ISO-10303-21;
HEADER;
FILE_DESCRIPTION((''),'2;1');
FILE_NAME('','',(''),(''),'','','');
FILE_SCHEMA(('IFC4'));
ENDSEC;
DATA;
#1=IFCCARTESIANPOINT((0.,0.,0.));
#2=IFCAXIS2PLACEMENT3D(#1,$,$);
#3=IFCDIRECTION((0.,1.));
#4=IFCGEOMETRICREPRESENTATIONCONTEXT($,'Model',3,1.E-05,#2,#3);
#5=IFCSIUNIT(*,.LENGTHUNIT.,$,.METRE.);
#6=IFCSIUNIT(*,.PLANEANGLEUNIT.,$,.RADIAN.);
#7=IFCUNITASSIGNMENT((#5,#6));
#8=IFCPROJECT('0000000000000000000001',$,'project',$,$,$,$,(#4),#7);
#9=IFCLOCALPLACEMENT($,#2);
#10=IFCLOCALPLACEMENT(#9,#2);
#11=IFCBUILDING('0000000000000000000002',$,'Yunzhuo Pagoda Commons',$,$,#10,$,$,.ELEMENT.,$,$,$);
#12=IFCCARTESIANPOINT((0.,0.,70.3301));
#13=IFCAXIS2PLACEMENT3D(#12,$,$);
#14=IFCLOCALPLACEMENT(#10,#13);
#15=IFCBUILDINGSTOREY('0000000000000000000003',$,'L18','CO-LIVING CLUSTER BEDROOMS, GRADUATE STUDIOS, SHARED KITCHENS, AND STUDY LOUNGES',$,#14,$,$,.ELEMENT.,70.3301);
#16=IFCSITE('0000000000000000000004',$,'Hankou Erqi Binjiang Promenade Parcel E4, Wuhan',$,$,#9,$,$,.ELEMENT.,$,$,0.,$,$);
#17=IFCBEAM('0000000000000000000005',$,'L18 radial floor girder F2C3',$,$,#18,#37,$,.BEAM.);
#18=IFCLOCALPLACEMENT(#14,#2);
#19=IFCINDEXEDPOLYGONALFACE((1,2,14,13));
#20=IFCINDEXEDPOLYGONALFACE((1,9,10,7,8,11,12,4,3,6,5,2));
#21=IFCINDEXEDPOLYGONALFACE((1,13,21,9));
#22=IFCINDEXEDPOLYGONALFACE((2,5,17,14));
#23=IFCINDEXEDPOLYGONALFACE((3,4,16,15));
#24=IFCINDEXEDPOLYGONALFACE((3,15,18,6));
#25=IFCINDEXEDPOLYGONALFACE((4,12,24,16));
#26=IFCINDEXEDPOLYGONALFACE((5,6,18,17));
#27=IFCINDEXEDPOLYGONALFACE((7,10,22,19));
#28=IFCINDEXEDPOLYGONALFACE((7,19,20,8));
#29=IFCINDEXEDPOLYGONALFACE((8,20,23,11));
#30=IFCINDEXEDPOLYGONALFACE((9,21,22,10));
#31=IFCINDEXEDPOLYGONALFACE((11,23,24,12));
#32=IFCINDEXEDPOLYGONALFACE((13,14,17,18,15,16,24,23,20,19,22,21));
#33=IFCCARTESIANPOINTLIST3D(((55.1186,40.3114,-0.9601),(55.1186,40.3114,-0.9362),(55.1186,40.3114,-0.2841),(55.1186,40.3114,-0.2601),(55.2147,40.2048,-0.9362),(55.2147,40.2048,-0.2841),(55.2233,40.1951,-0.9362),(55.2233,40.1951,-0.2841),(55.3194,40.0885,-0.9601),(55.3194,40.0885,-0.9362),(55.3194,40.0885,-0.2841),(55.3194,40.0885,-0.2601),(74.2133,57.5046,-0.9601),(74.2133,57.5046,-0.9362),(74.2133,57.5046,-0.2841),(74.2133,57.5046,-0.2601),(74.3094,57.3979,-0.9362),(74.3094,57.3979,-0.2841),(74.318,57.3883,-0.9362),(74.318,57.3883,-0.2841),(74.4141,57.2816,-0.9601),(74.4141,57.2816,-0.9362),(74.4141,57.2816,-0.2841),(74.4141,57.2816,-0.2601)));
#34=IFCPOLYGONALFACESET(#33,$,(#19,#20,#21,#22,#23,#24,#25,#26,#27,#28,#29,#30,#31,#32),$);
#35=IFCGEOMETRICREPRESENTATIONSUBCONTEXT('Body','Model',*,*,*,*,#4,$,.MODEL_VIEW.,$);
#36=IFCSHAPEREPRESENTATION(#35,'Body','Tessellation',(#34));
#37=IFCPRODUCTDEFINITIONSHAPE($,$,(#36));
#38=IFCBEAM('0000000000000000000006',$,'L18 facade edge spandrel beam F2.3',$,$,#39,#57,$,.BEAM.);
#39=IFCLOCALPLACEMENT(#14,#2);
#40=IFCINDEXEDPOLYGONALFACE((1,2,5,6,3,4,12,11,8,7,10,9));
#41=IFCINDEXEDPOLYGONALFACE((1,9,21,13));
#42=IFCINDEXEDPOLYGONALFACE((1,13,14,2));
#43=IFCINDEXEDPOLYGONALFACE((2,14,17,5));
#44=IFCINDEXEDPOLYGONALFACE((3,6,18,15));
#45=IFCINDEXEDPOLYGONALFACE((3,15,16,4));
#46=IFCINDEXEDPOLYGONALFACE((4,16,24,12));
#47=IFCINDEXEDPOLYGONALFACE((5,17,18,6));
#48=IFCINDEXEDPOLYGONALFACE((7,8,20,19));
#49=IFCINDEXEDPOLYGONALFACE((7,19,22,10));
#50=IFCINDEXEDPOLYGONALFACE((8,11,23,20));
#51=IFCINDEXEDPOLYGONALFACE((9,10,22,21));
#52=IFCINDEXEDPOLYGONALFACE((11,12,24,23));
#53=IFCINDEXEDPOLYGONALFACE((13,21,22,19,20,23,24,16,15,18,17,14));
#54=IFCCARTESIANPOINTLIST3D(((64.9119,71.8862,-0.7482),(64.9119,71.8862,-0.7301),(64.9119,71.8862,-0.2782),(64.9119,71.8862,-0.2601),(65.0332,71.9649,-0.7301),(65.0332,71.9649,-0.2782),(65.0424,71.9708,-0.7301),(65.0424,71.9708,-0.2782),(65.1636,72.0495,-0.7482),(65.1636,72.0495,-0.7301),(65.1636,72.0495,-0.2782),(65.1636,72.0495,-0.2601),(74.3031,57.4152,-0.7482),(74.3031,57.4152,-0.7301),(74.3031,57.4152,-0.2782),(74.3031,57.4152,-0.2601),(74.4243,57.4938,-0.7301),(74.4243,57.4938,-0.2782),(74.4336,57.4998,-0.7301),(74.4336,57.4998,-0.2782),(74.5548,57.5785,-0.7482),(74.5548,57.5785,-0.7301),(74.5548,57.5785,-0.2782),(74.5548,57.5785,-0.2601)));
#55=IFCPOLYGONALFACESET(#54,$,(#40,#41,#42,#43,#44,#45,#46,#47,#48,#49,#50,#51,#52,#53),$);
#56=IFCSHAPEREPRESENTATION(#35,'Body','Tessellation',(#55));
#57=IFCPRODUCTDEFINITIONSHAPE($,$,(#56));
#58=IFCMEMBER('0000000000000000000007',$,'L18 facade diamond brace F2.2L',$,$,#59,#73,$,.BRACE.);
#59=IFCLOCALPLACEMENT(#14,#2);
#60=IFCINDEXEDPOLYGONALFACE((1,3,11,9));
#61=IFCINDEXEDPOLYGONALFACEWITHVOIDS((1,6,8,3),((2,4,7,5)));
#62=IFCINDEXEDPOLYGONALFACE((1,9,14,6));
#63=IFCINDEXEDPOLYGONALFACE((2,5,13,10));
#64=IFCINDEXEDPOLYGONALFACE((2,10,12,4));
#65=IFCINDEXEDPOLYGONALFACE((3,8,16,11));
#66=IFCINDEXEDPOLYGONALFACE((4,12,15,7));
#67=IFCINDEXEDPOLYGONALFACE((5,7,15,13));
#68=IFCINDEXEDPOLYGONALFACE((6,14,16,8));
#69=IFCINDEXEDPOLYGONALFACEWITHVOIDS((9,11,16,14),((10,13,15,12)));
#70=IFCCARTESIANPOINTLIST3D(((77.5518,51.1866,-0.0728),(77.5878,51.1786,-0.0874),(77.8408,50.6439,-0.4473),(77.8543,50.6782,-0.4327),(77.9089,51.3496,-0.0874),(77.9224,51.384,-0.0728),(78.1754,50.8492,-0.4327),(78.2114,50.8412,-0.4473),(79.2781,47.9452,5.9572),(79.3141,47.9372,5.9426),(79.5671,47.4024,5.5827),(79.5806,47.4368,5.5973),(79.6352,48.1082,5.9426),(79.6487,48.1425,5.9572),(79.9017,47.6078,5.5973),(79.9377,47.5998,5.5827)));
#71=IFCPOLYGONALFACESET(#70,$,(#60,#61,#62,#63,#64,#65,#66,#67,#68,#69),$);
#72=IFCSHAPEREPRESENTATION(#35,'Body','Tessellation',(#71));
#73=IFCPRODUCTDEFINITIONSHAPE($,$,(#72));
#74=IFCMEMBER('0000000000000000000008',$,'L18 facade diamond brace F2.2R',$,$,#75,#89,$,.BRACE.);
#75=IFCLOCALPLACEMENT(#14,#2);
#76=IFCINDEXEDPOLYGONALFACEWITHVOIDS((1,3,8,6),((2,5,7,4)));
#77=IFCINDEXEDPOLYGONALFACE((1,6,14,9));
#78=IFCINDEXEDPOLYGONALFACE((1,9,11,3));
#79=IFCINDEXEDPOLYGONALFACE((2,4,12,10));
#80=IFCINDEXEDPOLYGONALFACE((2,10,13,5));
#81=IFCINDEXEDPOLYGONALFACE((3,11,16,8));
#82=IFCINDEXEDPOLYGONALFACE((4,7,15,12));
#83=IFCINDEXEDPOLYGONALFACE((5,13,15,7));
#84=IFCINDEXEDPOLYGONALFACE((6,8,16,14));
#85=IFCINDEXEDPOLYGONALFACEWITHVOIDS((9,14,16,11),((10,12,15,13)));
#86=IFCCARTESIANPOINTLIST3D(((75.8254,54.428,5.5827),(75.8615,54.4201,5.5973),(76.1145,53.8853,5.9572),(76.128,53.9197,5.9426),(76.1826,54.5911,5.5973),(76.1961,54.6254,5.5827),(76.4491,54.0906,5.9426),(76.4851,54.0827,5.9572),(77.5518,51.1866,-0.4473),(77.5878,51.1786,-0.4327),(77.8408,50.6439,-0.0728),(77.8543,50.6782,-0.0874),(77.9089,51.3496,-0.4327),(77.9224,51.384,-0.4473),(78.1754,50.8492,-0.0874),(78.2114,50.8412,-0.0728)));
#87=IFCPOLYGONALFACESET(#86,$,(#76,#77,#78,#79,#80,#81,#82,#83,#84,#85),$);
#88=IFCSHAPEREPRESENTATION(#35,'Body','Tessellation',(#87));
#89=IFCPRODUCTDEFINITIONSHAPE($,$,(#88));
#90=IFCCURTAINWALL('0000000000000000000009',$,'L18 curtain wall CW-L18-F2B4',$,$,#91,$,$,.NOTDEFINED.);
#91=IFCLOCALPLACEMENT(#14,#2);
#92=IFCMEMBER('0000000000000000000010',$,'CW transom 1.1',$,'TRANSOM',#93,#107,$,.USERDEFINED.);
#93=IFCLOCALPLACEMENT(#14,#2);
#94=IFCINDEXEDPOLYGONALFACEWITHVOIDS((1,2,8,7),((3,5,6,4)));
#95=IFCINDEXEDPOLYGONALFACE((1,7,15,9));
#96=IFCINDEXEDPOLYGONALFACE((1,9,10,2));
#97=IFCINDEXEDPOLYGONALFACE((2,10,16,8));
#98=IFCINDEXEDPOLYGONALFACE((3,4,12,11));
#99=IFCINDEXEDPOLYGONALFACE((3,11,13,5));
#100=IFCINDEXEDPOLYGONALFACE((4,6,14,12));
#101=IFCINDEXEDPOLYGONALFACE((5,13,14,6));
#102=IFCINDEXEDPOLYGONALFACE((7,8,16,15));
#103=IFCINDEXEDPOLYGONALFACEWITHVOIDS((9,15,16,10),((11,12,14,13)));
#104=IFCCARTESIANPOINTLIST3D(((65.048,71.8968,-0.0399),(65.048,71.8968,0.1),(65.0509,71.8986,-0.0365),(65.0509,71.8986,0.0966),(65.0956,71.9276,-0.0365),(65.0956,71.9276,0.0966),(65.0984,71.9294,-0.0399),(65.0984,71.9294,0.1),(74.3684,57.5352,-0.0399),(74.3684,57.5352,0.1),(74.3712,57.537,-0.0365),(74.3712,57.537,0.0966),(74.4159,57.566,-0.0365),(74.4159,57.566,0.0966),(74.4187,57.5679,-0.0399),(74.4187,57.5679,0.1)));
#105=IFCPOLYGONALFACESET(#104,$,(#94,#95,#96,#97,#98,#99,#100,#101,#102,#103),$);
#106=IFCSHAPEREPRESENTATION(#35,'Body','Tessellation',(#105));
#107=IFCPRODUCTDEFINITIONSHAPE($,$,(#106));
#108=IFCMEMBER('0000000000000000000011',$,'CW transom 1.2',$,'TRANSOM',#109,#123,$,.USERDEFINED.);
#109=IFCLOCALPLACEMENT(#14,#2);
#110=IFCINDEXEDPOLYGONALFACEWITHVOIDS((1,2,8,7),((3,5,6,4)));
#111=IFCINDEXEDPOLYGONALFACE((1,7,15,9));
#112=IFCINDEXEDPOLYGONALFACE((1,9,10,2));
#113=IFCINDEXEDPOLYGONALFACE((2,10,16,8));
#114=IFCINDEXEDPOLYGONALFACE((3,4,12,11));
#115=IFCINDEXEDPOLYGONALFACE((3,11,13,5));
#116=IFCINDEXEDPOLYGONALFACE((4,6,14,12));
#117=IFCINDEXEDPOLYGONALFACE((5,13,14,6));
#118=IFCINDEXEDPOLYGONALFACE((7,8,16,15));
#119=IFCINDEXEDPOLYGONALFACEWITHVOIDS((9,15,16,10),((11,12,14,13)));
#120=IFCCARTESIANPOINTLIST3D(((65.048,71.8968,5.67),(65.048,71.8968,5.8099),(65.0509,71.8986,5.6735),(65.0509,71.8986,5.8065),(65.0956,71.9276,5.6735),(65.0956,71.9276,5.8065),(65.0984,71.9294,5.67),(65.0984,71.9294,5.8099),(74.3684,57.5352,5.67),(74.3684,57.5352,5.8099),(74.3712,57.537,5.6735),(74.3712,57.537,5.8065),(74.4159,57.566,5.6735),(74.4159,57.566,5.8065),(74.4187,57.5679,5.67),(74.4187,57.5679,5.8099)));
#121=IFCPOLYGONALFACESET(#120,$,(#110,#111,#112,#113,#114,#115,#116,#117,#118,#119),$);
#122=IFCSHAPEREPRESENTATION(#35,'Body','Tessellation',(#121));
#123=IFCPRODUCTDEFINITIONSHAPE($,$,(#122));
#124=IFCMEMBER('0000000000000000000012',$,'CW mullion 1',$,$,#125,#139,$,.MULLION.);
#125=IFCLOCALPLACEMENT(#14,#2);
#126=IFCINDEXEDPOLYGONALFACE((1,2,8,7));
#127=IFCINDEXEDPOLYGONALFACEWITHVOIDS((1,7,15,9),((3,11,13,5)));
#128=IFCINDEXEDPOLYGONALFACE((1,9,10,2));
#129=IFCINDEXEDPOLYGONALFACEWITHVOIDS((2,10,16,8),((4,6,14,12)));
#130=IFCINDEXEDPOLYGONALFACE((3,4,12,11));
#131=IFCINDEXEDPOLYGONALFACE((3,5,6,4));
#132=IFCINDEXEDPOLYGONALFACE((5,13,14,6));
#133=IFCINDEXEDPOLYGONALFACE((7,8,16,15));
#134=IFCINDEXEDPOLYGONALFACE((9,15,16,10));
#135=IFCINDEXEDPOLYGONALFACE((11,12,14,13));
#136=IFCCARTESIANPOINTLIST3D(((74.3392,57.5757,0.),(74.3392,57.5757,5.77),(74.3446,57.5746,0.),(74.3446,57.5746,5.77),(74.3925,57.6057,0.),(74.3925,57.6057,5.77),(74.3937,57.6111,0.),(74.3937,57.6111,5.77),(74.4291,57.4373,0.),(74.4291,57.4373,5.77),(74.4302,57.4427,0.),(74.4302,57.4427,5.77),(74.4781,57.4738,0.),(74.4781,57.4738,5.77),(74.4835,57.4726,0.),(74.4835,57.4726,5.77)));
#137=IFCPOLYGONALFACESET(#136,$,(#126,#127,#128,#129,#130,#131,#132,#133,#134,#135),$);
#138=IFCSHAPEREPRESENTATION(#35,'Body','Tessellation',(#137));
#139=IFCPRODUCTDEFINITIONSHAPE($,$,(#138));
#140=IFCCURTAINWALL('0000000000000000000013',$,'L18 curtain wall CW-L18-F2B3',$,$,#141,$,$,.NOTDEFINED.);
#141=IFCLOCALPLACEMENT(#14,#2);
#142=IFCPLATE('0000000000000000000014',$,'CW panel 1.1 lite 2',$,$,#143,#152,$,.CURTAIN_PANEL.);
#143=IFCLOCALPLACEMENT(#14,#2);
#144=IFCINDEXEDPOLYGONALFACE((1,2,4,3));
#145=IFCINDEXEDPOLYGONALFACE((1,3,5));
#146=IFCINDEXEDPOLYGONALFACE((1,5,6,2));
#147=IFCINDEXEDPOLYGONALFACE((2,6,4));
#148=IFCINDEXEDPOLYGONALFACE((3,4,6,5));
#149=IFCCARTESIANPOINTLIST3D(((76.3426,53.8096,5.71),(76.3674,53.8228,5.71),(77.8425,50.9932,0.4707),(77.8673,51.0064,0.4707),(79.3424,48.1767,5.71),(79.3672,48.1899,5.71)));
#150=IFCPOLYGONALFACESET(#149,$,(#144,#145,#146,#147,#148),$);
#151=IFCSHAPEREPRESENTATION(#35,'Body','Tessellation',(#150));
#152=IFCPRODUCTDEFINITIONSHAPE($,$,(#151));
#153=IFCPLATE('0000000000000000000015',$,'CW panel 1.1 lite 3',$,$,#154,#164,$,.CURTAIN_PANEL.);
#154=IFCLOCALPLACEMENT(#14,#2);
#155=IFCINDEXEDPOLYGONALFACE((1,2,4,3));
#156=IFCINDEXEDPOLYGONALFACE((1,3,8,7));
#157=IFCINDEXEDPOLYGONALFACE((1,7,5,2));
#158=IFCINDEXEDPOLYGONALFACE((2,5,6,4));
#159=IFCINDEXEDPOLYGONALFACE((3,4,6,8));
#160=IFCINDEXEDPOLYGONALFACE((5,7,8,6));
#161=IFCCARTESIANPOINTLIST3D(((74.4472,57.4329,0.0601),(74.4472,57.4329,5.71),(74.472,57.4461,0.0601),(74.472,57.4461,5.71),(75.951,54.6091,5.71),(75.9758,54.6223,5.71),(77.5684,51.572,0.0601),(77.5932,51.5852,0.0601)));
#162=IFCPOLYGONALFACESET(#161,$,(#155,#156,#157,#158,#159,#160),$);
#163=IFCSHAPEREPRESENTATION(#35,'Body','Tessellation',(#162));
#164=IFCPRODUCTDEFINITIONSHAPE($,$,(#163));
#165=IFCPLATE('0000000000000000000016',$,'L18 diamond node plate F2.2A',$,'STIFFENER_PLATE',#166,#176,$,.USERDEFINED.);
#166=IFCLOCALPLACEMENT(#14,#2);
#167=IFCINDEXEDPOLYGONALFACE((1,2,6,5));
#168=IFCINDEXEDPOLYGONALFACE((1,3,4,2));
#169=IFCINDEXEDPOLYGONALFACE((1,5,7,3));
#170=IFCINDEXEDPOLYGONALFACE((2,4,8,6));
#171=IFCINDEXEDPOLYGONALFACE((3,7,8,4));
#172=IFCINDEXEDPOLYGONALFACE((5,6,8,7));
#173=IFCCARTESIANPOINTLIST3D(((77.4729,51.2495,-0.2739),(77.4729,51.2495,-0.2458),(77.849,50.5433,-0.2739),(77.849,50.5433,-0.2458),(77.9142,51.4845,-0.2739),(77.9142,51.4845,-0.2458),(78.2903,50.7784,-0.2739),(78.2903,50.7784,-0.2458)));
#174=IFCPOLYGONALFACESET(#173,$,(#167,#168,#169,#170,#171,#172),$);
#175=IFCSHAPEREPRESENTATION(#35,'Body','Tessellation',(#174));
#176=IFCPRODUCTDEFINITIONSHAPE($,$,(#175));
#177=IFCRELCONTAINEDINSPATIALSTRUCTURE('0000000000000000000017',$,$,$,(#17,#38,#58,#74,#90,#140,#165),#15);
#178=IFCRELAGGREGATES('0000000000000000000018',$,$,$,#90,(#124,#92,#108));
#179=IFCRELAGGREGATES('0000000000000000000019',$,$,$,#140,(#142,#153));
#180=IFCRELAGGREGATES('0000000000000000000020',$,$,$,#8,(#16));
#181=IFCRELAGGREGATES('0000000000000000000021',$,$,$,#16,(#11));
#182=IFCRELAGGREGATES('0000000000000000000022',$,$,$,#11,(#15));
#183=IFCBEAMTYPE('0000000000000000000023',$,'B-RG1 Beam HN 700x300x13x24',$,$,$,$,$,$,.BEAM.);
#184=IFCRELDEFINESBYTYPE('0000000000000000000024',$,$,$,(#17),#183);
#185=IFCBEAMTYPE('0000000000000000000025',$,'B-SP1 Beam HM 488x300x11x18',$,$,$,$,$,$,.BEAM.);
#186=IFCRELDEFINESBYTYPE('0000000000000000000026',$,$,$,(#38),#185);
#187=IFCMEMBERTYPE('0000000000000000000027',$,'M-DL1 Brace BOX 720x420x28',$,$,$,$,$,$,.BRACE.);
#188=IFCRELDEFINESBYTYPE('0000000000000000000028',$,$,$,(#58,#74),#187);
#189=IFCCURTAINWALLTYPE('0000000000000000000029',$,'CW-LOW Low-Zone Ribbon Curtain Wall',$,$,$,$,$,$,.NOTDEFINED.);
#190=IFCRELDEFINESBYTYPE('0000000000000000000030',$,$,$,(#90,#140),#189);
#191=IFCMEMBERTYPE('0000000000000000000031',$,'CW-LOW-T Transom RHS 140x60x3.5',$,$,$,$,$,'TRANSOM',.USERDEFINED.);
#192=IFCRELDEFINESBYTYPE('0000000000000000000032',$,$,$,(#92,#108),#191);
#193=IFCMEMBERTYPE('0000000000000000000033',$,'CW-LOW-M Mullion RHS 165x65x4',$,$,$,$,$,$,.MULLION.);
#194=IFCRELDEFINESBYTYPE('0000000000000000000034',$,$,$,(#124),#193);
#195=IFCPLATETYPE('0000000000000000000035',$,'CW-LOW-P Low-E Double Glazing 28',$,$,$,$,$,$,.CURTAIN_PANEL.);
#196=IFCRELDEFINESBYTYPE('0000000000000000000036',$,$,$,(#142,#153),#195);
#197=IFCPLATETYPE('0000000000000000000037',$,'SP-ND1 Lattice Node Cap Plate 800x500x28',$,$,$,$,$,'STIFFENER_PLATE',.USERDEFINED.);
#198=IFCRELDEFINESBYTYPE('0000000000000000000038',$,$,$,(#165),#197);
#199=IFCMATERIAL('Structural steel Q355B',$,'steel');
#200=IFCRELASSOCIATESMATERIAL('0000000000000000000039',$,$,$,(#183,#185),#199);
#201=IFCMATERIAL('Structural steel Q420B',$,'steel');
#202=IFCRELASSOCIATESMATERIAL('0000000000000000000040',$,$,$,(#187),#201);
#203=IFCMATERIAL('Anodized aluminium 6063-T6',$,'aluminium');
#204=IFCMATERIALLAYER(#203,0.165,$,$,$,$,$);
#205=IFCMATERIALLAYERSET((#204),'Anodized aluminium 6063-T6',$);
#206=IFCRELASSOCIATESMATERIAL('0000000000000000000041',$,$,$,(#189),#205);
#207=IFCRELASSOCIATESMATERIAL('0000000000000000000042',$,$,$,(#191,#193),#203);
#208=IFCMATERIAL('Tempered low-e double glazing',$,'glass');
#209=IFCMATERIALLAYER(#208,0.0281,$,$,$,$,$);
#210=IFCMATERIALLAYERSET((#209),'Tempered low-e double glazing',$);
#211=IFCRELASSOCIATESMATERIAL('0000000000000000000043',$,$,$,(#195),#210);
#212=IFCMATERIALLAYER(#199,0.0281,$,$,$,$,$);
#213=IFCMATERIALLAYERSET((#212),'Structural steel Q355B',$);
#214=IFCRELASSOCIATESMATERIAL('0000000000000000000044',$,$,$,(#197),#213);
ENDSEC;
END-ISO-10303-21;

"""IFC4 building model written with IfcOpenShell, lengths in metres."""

from ifc_helpers import new_model, si_unit, direction, frame, origin, origin_2d, place, context, subcontext, project, spatial, polyline, rectangle, hollow_rectangle, i_section, outline, extrude, source, transform, mapped, material, layer, layer_set, material_profile, profile_set, type_object, element, aggregate, save


model = new_model("IFC4")

# Units and contexts
model_context = context("Model", 3, precision=1e-05, world=origin(), true_north=direction((0.0, 1.0)))
body_context = subcontext(model_context, "Body", "Model", "MODEL_VIEW")
ifc_project = project(units=[si_unit("LENGTHUNIT", "METRE"), si_unit("PLANEANGLEUNIT", "RADIAN")], contexts=[model_context])

# Site, building, storey
site_placement = place(None, origin())
site = spatial("IfcSite", under=ifc_project, at=site_placement, Name="Hankou Erqi Binjiang Promenade Parcel E4, Wuhan", CompositionType="ELEMENT", RefElevation=0.0)
building_placement = place(site_placement, origin())
building = spatial("IfcBuilding", under=site, at=building_placement, Name="Yunzhuo Pagoda Commons", CompositionType="ELEMENT")
storey_placement = place(building_placement, frame((0.0, 0.0, 70.3301)))
storey = spatial("IfcBuildingStorey", under=building, at=storey_placement, Name="L18", Description="CO-LIVING CLUSTER BEDROOMS, GRADUATE STUDIOS, SHARED KITCHENS, AND STUDY LOUNGES", CompositionType="ELEMENT", Elevation=70.3301)

# Shared definitions
ifc_material_1 = material(Name="Structural steel Q420B", Category="steel")

# Beams
ifc_material_2 = material(Name="Structural steel Q355B", Category="steel")
ifc_material_profile_1 = material_profile(ifc_material_2, i_section(OverallWidth=0.3, OverallDepth=0.7, WebThickness=0.0129, FlangeThickness=0.0239, at=origin_2d()), Name="Structural steel Q355B")
ifc_profile_set_1 = profile_set([ifc_material_profile_1], Name="Structural steel Q355B")
beam_type_1 = type_object("IfcBeamType", Name="B-RG1 Beam HN 700x300x13x24", PredefinedType="BEAM", material=ifc_profile_set_1)
shared_shape_1 = source(origin(), body_context, "Body", "SweptSolid", [
    extrude(i_section(OverallWidth=0.3, OverallDepth=0.7, WebThickness=0.0129, FlangeThickness=0.0239, at=origin_2d()), origin(), (0.0, 0.0, 1.0), 25.6946),
])
beam_1_placement = place(storey_placement, frame((74.3137, 57.3931, -0.6101), z_axis=(-0.743142, -0.669134, 0.0), x_axis=(0.669134, -0.743142, 0.0)))
element("IfcBeam", 1, at=beam_1_placement, inside=storey, type_object=beam_type_1, Name="L18 radial floor girder F2C3", PredefinedType="BEAM", context=body_context, shape_type="MappedRepresentation", body=[
    mapped(shared_shape_1, transform((0.0, 0.0, 0.0), scale=1.0)),
])
ifc_material_profile_2 = material_profile(ifc_material_2, i_section(OverallWidth=0.3, OverallDepth=0.488, WebThickness=0.011, FlangeThickness=0.0181, at=origin_2d()), Name="Structural steel Q355B")
ifc_profile_set_2 = profile_set([ifc_material_profile_2], Name="Structural steel Q355B")
beam_type_2 = type_object("IfcBeamType", Name="B-SP1 Beam HM 488x300x11x18", PredefinedType="BEAM", material=ifc_profile_set_2)
shared_shape_2 = source(origin(), body_context, "Body", "SweptSolid", [
    extrude(i_section(OverallWidth=0.3, OverallDepth=0.488, WebThickness=0.011, FlangeThickness=0.0181, at=origin_2d()), origin(), (0.0, 0.0, 1.0), 17.2512),
])
beam_2_placement = place(storey_placement, frame((74.429, 57.4968, -0.5042), z_axis=(-0.544377, 0.838841, 0.0), x_axis=(-0.838841, -0.544377, 0.0)))
element("IfcBeam", 2, at=beam_2_placement, inside=storey, type_object=beam_type_2, Name="L18 facade edge spandrel beam F2.3", PredefinedType="BEAM", context=body_context, shape_type="MappedRepresentation", body=[
    mapped(shared_shape_2, transform((0.0, 0.0, 0.0), scale=1.0)),
])

# Members
ifc_material_profile_3 = material_profile(ifc_material_1, hollow_rectangle(XDim=0.4199, YDim=0.72, WallThickness=0.0281, at=origin_2d()), Name="Structural steel Q420B")
ifc_profile_set_3 = profile_set([ifc_material_profile_3], Name="Structural steel Q420B")
member_type_1 = type_object("IfcMemberType", Name="M-DL1 Brace BOX 720x420x28", PredefinedType="BRACE", material=ifc_profile_set_3)
shared_shape_3 = source(origin(), body_context, "Body", "SweptSolid", [
    extrude(hollow_rectangle(XDim=0.4199, YDim=0.72, WallThickness=0.0281, at=origin_2d()), origin(), (0.0, 0.0, 1.0), 7.0603),
])
for number, where, z_axis, x_axis, name in (
    (3, (77.8816, 51.0139, -0.26), (0.244509, -0.459107, 0.85407), (0.882631, 0.470067, 0.0), "L18 facade diamond brace F2.2L"),
    (4, (77.8816, 51.0139, -0.26), (-0.244509, 0.459107, 0.85407), (-0.882631, -0.470067, 0.0), "L18 facade diamond brace F2.2R"),
):
    element("IfcMember", number, at=place(storey_placement, frame(where, z_axis=z_axis, x_axis=x_axis)), inside=storey, type_object=member_type_1, Name=name, PredefinedType="BRACE", context=body_context, shape_type="MappedRepresentation", body=[
        mapped(shared_shape_3, transform((0.0, 0.0, 0.0), scale=1.0)),
    ])

# Curtain wall, members
ifc_material_3 = material(Name="Anodized aluminium 6063-T6", Category="aluminium")
ifc_layer_1 = layer(ifc_material_3, 0.165)
ifc_layer_set_1 = layer_set([ifc_layer_1], Name="Anodized aluminium 6063-T6")
curtain_wall_type = type_object("IfcCurtainWallType", Name="CW-LOW Low-Zone Ribbon Curtain Wall", PredefinedType="NOTDEFINED", material=ifc_layer_set_1)
curtain_wall_1_placement = place(storey_placement, origin())
curtain_wall_1 = element("IfcCurtainWall", 5, at=curtain_wall_1_placement, inside=storey, type_object=curtain_wall_type, Name="L18 curtain wall CW-L18-F2B4", PredefinedType="NOTDEFINED")
ifc_material_profile_4 = material_profile(ifc_material_3, hollow_rectangle(XDim=0.0601, YDim=0.1399, WallThickness=0.0034, at=origin_2d()), Name="Anodized aluminium 6063-T6")
ifc_profile_set_4 = profile_set([ifc_material_profile_4], Name="Anodized aluminium 6063-T6")
member_type_2 = type_object("IfcMemberType", Name="CW-LOW-T Transom RHS 140x60x3.5", ElementType="TRANSOM", PredefinedType="USERDEFINED", material=ifc_profile_set_4)
shared_shape_4 = source(origin(), body_context, "Body", "SweptSolid", [
    extrude(hollow_rectangle(XDim=0.0601, YDim=0.1399, WallThickness=0.0034, at=origin_2d()), origin(), (0.0, 0.0, 1.0), 17.1208),
])
member_1_placement = place(storey_placement, frame((74.3936, 57.5515, 0.03), z_axis=(-0.544384, 0.838836, 0.0), x_axis=(-0.838836, -0.544384, 0.0)))
member_1 = element("IfcMember", 6, at=member_1_placement, type_object=member_type_2, Name="CW transom 1.1", ObjectType="TRANSOM", PredefinedType="USERDEFINED", context=body_context, shape_type="MappedRepresentation", body=[
    mapped(shared_shape_4, transform((0.0, 0.0, 0.0), scale=1.0)),
])
member_2_placement = place(storey_placement, frame((74.3936, 57.5515, 5.74), z_axis=(-0.544384, 0.838836, 0.0), x_axis=(-0.838836, -0.544384, 0.0)))
member_2 = element("IfcMember", 7, at=member_2_placement, type_object=member_type_2, Name="CW transom 1.2", ObjectType="TRANSOM", PredefinedType="USERDEFINED", context=body_context, shape_type="MappedRepresentation", body=[
    mapped(shared_shape_4, transform((0.0, 0.0, 0.0), scale=1.0)),
])
ifc_material_profile_5 = material_profile(ifc_material_3, hollow_rectangle(XDim=0.0649, YDim=0.165, WallThickness=0.0039, at=origin_2d()), Name="Anodized aluminium 6063-T6")
ifc_profile_set_5 = profile_set([ifc_material_profile_5], Name="Anodized aluminium 6063-T6")
member_type_3 = type_object("IfcMemberType", Name="CW-LOW-M Mullion RHS 165x65x4", PredefinedType="MULLION", material=ifc_profile_set_5)
shared_shape_5 = source(origin(), body_context, "Body", "SweptSolid", [
    extrude(hollow_rectangle(XDim=0.0649, YDim=0.165, WallThickness=0.0039, at=origin_2d()), origin(), (0.0, 0.0, 1.0), 5.77),
])
member_3_placement = place(storey_placement, frame((74.4114, 57.5242, 0.0), z_axis=(0.0, 0.0, 1.0), x_axis=(-0.83884, -0.544378, 0.0)))
member_3 = element("IfcMember", 8, at=member_3_placement, type_object=member_type_3, Name="CW mullion 1", PredefinedType="MULLION", context=body_context, shape_type="MappedRepresentation", body=[
    mapped(shared_shape_5, transform((0.0, 0.0, 0.0), scale=1.0)),
])
aggregate(curtain_wall_1, [member_3, member_1, member_2])

# Curtain wall, plates
curtain_wall_2_placement = place(storey_placement, origin())
curtain_wall_2 = element("IfcCurtainWall", 9, at=curtain_wall_2_placement, inside=storey, type_object=curtain_wall_type, Name="L18 curtain wall CW-L18-F2B3", PredefinedType="NOTDEFINED")
ifc_material_4 = material(Name="Tempered low-e double glazing", Category="glass")
ifc_layer_2 = layer(ifc_material_4, 0.0281)
ifc_layer_set_2 = layer_set([ifc_layer_2], Name="Tempered low-e double glazing")
plate_type_1 = type_object("IfcPlateType", Name="CW-LOW-P Low-E Double Glazing 28", PredefinedType="CURTAIN_PANEL", material=ifc_layer_set_2)
plate_1_placement = place(storey_placement, frame((77.8425, 50.9932, 3.0903), z_axis=(0.882637, 0.470056, 0.0), x_axis=(-0.470056, 0.882637, 0.0)))
plate_1 = element("IfcPlate", 10, at=plate_1_placement, type_object=plate_type_1, Name="CW panel 1.1 lite 2", PredefinedType="CURTAIN_PANEL", context=body_context, shape_type="SweptSolid", body=[
    extrude(outline(polyline([(-3.1909, 2.6196), (0.0, -2.6196), (3.1909, 2.6196), (-3.1909, 2.6196)])), origin(), (0.0, 0.0, 1.0), 0.0281),
])
plate_2_placement = place(storey_placement, frame((76.0078, 54.5024, 2.885), z_axis=(0.882637, 0.470056, 0.0), x_axis=(-0.470056, 0.882637, 0.0)))
plate_2 = element("IfcPlate", 11, at=plate_2_placement, type_object=plate_type_1, Name="CW panel 1.1 lite 3", PredefinedType="CURTAIN_PANEL", context=body_context, shape_type="SweptSolid", body=[
    extrude(outline(polyline([(-3.3201, -2.825), (3.3201, -2.825), (3.3201, 2.825), (0.1208, 2.825), (-3.3201, -2.825)])), origin(), (0.0, 0.0, 1.0), 0.0281),
])
aggregate(curtain_wall_2, [plate_1, plate_2])

# Plate
ifc_layer_3 = layer(ifc_material_2, 0.0281)
ifc_layer_set_3 = layer_set([ifc_layer_3], Name="Structural steel Q355B")
plate_type_2 = type_object("IfcPlateType", Name="SP-ND1 Lattice Node Cap Plate 800x500x28", ElementType="STIFFENER_PLATE", PredefinedType="USERDEFINED", material=ifc_layer_set_3)
shared_shape_6 = source(origin(), body_context, "Body", "SweptSolid", [
    extrude(rectangle(XDim=0.8, YDim=0.5, at=origin_2d()), origin(), (0.0, 0.0, 1.0), 0.0281),
])
plate_3_placement = place(storey_placement, frame((77.8816, 51.0139, -0.2739), z_axis=(0.0, 0.0, 1.0), x_axis=(-0.470057, 0.882636, 0.0)))
element("IfcPlate", 12, at=plate_3_placement, inside=storey, type_object=plate_type_2, Name="L18 diamond node plate F2.2A", ObjectType="STIFFENER_PLATE", PredefinedType="USERDEFINED", context=body_context, shape_type="MappedRepresentation", body=[
    mapped(shared_shape_6, transform((0.0, 0.0, 0.0), scale=1.0)),
])

save(model, "model.ifc")
